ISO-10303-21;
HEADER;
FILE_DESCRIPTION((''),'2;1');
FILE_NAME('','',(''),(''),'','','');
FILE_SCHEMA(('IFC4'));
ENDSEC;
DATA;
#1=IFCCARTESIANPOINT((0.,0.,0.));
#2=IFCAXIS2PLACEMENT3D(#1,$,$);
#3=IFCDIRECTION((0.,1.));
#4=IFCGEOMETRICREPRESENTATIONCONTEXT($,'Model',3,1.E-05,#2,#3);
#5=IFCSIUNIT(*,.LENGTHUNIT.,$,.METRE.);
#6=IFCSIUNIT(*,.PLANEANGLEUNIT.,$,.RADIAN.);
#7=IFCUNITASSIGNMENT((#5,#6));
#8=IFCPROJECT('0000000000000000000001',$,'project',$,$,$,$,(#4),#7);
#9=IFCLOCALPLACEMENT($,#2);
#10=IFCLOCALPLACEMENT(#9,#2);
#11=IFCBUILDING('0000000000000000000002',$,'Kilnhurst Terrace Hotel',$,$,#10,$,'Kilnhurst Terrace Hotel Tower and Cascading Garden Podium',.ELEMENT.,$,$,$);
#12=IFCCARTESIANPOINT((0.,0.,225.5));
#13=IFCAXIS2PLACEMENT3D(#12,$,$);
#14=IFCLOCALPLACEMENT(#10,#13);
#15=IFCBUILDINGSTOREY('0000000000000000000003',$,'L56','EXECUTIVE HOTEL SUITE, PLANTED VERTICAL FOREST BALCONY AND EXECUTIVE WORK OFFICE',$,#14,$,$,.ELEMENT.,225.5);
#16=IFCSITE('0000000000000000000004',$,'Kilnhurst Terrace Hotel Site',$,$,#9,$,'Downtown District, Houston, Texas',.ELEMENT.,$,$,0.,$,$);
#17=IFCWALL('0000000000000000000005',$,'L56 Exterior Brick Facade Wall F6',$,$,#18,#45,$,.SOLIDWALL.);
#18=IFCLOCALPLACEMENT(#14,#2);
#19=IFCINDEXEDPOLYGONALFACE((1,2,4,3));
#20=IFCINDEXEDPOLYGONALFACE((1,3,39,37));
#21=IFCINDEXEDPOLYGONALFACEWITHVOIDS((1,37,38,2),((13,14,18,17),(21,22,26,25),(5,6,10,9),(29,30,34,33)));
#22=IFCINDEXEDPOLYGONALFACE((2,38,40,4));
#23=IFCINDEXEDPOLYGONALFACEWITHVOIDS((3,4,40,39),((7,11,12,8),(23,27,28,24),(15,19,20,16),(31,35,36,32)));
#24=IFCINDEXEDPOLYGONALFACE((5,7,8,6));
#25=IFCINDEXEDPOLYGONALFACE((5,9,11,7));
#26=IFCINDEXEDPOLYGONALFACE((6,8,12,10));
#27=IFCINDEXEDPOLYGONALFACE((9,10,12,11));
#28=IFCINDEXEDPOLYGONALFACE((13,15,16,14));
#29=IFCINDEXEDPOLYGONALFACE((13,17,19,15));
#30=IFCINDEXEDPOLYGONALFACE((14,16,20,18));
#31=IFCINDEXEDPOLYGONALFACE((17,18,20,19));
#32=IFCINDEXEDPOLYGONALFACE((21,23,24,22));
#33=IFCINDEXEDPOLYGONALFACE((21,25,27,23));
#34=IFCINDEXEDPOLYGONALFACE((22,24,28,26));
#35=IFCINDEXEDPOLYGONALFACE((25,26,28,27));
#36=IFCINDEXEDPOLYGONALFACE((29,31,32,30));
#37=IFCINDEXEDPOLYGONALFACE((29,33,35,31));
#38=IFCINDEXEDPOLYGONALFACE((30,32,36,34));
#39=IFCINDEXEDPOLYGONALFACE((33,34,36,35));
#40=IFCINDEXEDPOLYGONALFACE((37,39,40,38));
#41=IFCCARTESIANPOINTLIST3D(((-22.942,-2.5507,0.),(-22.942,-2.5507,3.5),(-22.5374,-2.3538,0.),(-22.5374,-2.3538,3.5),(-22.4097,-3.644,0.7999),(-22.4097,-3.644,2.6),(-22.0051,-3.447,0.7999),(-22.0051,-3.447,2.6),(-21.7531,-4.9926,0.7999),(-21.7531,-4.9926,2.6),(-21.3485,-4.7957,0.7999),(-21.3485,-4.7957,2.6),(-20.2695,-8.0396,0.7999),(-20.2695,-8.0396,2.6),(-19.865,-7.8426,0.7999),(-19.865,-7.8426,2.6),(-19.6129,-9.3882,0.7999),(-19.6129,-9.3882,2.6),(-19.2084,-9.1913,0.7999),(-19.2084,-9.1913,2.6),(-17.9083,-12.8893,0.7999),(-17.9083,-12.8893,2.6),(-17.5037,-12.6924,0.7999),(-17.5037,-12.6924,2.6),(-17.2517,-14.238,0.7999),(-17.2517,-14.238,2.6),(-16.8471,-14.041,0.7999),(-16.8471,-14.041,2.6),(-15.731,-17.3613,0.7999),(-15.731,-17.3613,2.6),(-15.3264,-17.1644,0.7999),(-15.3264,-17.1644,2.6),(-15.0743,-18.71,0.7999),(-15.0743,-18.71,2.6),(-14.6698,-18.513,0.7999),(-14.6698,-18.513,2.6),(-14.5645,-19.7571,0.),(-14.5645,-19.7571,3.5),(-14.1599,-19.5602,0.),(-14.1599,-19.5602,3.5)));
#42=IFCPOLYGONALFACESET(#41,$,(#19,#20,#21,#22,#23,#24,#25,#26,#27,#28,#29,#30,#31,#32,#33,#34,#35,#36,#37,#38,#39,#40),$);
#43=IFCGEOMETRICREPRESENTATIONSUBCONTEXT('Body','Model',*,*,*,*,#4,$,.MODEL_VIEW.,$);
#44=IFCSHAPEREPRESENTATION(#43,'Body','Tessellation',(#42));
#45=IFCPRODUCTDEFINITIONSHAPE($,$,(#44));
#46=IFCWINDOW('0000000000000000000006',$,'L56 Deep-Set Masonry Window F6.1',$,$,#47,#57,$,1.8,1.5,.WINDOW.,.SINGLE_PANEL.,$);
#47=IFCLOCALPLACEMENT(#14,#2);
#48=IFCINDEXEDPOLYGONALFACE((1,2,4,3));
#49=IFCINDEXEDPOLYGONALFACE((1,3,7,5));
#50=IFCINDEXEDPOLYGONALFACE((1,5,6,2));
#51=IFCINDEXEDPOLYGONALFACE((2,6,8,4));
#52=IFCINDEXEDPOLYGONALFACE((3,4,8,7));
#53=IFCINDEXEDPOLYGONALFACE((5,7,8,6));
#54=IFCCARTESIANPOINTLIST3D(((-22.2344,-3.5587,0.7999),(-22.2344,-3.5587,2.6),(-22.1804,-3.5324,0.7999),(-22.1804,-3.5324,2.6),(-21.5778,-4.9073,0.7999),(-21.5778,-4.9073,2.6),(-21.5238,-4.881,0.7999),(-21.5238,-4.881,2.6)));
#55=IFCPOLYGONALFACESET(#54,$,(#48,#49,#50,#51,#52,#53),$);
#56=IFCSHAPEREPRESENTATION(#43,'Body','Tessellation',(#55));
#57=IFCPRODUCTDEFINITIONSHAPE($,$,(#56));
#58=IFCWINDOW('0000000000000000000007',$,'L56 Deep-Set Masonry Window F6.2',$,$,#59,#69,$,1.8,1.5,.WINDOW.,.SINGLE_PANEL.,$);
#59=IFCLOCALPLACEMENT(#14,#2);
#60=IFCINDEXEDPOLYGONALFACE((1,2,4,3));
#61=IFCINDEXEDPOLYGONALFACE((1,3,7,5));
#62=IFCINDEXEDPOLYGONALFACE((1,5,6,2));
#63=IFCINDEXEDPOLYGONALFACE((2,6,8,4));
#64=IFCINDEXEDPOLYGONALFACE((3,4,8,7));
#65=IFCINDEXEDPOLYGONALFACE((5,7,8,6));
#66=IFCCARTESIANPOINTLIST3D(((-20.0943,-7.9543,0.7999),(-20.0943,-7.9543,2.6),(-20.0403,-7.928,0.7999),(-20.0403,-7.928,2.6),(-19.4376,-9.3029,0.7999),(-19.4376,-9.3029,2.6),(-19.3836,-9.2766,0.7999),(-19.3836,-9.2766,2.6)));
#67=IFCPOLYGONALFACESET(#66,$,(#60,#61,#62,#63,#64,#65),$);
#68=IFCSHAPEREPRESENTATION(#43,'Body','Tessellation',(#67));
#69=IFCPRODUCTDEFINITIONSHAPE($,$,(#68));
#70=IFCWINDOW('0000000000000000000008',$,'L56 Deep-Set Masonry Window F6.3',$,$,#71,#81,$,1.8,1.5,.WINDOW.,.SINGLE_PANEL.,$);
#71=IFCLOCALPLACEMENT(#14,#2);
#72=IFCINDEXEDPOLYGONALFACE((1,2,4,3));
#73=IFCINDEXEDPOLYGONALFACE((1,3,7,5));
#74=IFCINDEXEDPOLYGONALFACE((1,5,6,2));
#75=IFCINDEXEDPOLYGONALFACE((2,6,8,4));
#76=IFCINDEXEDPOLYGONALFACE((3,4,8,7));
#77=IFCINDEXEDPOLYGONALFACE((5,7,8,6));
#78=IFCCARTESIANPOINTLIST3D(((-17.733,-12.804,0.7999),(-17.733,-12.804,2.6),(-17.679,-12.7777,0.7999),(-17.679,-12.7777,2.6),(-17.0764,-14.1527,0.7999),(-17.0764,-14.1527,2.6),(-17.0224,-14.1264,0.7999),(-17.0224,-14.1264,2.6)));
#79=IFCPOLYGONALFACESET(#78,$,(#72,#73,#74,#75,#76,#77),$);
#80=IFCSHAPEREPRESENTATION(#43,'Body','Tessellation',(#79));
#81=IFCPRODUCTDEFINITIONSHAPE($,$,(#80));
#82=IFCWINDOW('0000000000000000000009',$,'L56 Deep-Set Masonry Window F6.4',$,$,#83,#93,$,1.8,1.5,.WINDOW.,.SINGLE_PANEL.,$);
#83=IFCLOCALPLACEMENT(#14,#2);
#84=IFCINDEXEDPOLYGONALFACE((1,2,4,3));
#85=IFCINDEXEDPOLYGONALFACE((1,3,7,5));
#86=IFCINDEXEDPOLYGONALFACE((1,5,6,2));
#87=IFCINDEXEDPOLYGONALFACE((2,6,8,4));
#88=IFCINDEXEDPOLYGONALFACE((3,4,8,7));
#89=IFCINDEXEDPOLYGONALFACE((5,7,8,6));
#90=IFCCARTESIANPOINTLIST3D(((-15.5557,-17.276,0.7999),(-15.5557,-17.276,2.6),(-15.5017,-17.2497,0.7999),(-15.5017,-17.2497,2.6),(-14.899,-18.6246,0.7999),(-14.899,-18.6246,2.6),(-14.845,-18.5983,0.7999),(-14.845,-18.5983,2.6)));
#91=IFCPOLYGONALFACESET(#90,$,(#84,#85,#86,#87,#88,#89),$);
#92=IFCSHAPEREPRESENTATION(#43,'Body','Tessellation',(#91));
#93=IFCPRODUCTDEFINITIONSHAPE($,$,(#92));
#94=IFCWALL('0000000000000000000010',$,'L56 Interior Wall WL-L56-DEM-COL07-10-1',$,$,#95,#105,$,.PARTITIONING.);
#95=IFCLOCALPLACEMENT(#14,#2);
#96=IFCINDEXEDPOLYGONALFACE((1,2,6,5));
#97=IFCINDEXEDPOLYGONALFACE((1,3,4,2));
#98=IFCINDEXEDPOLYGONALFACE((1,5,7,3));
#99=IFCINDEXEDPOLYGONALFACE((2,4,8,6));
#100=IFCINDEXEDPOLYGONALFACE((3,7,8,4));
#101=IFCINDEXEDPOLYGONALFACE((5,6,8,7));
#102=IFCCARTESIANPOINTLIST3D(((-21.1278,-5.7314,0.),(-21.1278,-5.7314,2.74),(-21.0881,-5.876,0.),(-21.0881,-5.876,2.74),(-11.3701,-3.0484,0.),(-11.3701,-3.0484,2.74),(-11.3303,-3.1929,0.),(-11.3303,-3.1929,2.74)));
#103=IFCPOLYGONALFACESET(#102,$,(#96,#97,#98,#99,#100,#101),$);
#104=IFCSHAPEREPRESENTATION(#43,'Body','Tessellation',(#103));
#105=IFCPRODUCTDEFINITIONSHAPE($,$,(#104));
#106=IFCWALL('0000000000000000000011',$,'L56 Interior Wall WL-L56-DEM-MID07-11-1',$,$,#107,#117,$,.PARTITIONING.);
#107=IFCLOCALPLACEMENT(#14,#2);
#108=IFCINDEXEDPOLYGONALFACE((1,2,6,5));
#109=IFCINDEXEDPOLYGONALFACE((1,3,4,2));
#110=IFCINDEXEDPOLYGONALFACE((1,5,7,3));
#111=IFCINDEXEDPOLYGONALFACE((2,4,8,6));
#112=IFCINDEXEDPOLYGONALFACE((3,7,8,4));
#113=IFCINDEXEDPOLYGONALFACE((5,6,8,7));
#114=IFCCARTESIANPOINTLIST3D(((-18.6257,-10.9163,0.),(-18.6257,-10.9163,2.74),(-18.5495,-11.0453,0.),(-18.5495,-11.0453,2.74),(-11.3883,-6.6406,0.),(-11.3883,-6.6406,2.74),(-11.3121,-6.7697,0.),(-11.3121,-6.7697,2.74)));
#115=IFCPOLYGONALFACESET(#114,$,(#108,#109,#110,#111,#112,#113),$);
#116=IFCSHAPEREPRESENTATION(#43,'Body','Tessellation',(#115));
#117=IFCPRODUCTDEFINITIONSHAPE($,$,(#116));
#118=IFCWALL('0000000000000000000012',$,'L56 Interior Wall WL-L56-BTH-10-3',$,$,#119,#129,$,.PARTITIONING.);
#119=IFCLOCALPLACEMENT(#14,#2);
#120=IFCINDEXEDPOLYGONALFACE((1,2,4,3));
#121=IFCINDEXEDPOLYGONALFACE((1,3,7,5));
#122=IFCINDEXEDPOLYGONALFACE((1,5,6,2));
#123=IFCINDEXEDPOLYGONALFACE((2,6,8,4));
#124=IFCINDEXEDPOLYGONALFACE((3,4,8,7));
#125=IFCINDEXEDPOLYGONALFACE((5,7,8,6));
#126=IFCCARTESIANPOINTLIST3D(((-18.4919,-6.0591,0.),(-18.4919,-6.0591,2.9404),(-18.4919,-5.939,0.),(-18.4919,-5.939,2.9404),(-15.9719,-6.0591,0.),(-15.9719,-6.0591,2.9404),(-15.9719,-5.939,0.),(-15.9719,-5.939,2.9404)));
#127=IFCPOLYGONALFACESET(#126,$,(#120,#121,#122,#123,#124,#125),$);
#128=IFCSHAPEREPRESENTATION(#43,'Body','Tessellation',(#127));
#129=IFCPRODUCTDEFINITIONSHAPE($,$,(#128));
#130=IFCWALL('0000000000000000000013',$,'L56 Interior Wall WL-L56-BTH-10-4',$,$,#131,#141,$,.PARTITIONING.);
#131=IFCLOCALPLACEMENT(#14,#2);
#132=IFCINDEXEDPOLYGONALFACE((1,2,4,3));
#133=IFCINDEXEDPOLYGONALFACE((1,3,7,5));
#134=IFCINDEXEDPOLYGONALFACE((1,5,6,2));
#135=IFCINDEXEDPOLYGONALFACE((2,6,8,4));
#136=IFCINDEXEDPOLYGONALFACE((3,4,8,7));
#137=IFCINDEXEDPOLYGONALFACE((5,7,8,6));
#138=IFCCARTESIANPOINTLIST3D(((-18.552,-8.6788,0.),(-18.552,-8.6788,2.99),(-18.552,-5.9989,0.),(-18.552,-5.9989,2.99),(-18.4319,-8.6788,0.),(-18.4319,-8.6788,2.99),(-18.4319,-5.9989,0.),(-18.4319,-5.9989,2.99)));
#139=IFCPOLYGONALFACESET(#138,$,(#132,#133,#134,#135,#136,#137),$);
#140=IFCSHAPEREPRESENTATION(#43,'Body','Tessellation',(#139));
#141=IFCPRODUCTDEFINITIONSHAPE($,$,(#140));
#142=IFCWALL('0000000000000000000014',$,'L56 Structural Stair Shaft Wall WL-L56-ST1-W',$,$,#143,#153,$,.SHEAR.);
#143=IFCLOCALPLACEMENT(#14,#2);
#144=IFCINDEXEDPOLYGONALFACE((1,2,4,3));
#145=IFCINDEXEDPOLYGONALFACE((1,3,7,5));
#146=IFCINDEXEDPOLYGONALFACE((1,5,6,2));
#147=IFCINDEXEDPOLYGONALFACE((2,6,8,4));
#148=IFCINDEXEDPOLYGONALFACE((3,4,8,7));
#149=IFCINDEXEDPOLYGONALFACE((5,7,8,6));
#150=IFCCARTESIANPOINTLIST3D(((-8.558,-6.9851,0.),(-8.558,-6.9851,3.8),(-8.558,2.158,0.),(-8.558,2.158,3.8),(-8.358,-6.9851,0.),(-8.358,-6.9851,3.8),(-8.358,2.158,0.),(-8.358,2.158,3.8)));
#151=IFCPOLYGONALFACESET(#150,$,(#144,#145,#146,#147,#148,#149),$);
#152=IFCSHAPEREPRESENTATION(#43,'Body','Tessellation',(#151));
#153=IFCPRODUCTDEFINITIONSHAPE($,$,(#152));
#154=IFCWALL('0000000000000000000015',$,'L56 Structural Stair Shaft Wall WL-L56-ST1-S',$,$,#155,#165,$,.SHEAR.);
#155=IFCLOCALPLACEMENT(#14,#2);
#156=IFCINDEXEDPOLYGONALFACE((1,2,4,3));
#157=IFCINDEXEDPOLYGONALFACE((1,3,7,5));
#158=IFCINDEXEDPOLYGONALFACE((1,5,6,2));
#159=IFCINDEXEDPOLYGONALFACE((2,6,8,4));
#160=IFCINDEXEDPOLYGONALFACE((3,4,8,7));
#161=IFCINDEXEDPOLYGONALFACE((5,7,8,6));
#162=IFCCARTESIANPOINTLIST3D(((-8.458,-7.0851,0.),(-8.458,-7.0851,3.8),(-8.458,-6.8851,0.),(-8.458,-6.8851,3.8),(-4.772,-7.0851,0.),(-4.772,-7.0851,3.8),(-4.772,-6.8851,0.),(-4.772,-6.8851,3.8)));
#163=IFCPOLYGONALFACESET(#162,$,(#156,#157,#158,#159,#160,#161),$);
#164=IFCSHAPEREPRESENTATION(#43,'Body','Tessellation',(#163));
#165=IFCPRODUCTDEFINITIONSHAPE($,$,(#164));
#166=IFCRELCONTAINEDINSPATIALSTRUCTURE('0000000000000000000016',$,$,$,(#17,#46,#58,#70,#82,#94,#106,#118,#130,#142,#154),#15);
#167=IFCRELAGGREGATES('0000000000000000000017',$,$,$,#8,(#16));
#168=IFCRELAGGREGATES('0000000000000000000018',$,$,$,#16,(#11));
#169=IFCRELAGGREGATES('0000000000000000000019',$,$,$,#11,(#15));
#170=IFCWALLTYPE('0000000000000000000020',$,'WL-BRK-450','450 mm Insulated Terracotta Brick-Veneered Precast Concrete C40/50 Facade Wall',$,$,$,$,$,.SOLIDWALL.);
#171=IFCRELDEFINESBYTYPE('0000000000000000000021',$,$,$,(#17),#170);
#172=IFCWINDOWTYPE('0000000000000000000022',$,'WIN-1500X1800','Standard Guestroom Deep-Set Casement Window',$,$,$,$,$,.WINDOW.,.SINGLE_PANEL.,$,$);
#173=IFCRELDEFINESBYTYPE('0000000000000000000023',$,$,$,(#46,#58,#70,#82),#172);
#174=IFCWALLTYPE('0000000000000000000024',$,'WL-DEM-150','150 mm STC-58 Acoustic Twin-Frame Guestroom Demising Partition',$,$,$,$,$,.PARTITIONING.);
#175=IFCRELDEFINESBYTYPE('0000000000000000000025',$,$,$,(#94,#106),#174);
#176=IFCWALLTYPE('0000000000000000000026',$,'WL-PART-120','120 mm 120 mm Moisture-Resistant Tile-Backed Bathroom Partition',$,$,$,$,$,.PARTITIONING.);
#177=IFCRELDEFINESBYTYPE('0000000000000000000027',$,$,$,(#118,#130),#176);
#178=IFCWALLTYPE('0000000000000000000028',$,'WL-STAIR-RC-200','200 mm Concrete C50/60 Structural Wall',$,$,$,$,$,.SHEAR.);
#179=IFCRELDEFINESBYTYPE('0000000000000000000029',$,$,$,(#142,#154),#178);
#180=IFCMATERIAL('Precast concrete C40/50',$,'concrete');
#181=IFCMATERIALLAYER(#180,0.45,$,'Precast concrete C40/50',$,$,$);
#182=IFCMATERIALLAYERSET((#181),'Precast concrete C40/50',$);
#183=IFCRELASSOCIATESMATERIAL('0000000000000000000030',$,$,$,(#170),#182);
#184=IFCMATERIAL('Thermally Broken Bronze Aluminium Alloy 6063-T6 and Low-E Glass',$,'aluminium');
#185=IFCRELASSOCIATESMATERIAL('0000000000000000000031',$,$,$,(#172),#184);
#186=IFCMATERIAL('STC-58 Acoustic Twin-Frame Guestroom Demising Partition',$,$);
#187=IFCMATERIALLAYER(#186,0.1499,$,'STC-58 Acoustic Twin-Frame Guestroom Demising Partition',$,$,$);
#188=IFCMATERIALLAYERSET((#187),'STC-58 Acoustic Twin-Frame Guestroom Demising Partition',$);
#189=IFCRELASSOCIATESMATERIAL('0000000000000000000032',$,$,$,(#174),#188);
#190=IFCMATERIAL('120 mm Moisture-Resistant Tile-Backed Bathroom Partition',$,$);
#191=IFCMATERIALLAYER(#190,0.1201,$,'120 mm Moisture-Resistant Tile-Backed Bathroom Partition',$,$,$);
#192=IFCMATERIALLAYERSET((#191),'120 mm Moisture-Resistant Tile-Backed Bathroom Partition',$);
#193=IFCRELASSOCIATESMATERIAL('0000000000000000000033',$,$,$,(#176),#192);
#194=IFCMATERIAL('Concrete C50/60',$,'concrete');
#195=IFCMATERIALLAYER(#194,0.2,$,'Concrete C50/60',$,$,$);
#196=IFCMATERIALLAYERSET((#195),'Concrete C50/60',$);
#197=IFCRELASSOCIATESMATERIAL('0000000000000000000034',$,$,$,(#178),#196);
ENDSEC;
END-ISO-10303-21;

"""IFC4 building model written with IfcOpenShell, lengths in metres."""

from ifc_helpers import new_model, si_unit, direction, frame, frame_2d, origin, place, context, subcontext, project, spatial, rectangle, extrude, material, layer, layer_set, type_object, element, fill, save


model = new_model("IFC4")

# Units and contexts
model_context = context("Model", 3, precision=1e-05, world=origin(), true_north=direction((0.0, 1.0)))
body_context = subcontext(model_context, "Body", "Model", "MODEL_VIEW")
ifc_project = project(units=[si_unit("LENGTHUNIT", "METRE"), si_unit("PLANEANGLEUNIT", "RADIAN")], contexts=[model_context])

# Site, building, storey
site_placement = place(None, origin())
site = spatial("IfcSite", under=ifc_project, at=site_placement, Name="Kilnhurst Terrace Hotel Site", LongName="Downtown District, Houston, Texas", CompositionType="ELEMENT", RefElevation=0.0)
building_placement = place(site_placement, origin())
building = spatial("IfcBuilding", under=site, at=building_placement, Name="Kilnhurst Terrace Hotel", LongName="Kilnhurst Terrace Hotel Tower and Cascading Garden Podium", CompositionType="ELEMENT")
storey_placement = place(building_placement, frame((0.0, 0.0, 225.5)))
storey = spatial("IfcBuildingStorey", under=building, at=storey_placement, Name="L56", Description="EXECUTIVE HOTEL SUITE, PLANTED VERTICAL FOREST BALCONY AND EXECUTIVE WORK OFFICE", CompositionType="ELEMENT", Elevation=225.5)

# Shared definitions
ifc_material_1 = material(Name="Concrete C50/60", Category="concrete")

# Shared definitions
ifc_material_2 = material(Name="Precast concrete C40/50", Category="concrete")
ifc_layer_1 = layer(ifc_material_2, 0.45, Name="Precast concrete C40/50")
ifc_layer_set_1 = layer_set([ifc_layer_1], Name="Precast concrete C40/50")
wall_type_1 = type_object("IfcWallType", Name="WL-BRK-450", Description="450 mm Insulated Terracotta Brick-Veneered Precast Concrete C40/50 Facade Wall", PredefinedType="SOLIDWALL", material=ifc_layer_set_1)

# Wall, openings, windows
wall_1_placement = place(storey_placement, frame((-22.7397, -2.4521, 0.0), z_axis=(0.0, 0.0, 1.0), x_axis=(0.437753, -0.899095, 0.0)))
wall_1 = element("IfcWall", 1, at=wall_1_placement, inside=storey, type_object=wall_type_1, Name="L56 Exterior Brick Facade Wall F6", PredefinedType="SOLIDWALL", context=body_context, shape_type="SweptSolid", body=[
    extrude(rectangle(XDim=19.1375, YDim=0.45, at=frame_2d((9.5688, 0.0))), origin(), (0.0, 0.0, 1.0), 3.5),
])
opening_1_placement = place(wall_1_placement, frame((1.2161, 0.0, 0.8)))
opening_1 = element("IfcOpeningElement", 2, at=opening_1_placement, cuts=wall_1, PredefinedType="OPENING", context=body_context, shape_type="SweptSolid", body=[
    extrude(rectangle(XDim=1.5, YDim=1.8, at=frame_2d((0.75, 0.8999))), frame((0.0, 0.2349, 0.0), z_axis=(0.0, -1.0, 0.0), x_axis=(1.0, 0.0, 0.0)), (0.0, 0.0, 1.0), 0.47),
])
opening_2_placement = place(wall_1_placement, frame((6.105, 0.0, 0.8)))
opening_2 = element("IfcOpeningElement", 3, at=opening_2_placement, cuts=wall_1, PredefinedType="OPENING", context=body_context, shape_type="SweptSolid", body=[
    extrude(rectangle(XDim=1.5, YDim=1.8, at=frame_2d((0.75, 0.8999))), frame((0.0, 0.2349, 0.0), z_axis=(0.0, -1.0, 0.0), x_axis=(1.0, 0.0, 0.0)), (0.0, 0.0, 1.0), 0.47),
])
opening_3_placement = place(wall_1_placement, frame((11.499, 0.0, 0.8)))
opening_3 = element("IfcOpeningElement", 4, at=opening_3_placement, cuts=wall_1, PredefinedType="OPENING", context=body_context, shape_type="SweptSolid", body=[
    extrude(rectangle(XDim=1.5, YDim=1.8, at=frame_2d((0.75, 0.8999))), frame((0.0, 0.2349, 0.0), z_axis=(0.0, -1.0, 0.0), x_axis=(1.0, 0.0, 0.0)), (0.0, 0.0, 1.0), 0.47),
])
opening_4_placement = place(wall_1_placement, frame((16.4729, 0.0, 0.8)))
opening_4 = element("IfcOpeningElement", 5, at=opening_4_placement, cuts=wall_1, PredefinedType="OPENING", context=body_context, shape_type="SweptSolid", body=[
    extrude(rectangle(XDim=1.5, YDim=1.8, at=frame_2d((0.75, 0.8999))), frame((0.0, 0.2349, 0.0), z_axis=(0.0, -1.0, 0.0), x_axis=(1.0, 0.0, 0.0)), (0.0, 0.0, 1.0), 0.47),
])
ifc_material_3 = material(Name="Thermally Broken Bronze Aluminium Alloy 6063-T6 and Low-E Glass", Category="aluminium")
window_type = type_object("IfcWindowType", Name="WIN-1500X1800", Description="Standard Guestroom Deep-Set Casement Window", PartitioningType="SINGLE_PANEL", PredefinedType="WINDOW", material=ifc_material_3)
window_1_placement = place(opening_1_placement, origin())
window_1 = element("IfcWindow", 6, at=window_1_placement, inside=storey, type_object=window_type, Name="L56 Deep-Set Masonry Window F6.1", OverallHeight=1.8, OverallWidth=1.5, PartitioningType="SINGLE_PANEL", PredefinedType="WINDOW", context=body_context, shape_type="SweptSolid", body=[
    extrude(rectangle(XDim=1.5, YDim=1.8, at=frame_2d((0.75, 0.8999))), frame((0.0, 0.03, 0.0), z_axis=(0.0, -1.0, 0.0), x_axis=(1.0, 0.0, 0.0)), (0.0, 0.0, 1.0), 0.0601),
])
fill(opening_1, window_1)
window_2_placement = place(opening_2_placement, origin())
window_2 = element("IfcWindow", 7, at=window_2_placement, inside=storey, type_object=window_type, Name="L56 Deep-Set Masonry Window F6.2", OverallHeight=1.8, OverallWidth=1.5, PartitioningType="SINGLE_PANEL", PredefinedType="WINDOW", context=body_context, shape_type="SweptSolid", body=[
    extrude(rectangle(XDim=1.5, YDim=1.8, at=frame_2d((0.75, 0.8999))), frame((0.0, 0.03, 0.0), z_axis=(0.0, -1.0, 0.0), x_axis=(1.0, 0.0, 0.0)), (0.0, 0.0, 1.0), 0.0601),
])
fill(opening_2, window_2)
window_3_placement = place(opening_3_placement, origin())
window_3 = element("IfcWindow", 8, at=window_3_placement, inside=storey, type_object=window_type, Name="L56 Deep-Set Masonry Window F6.3", OverallHeight=1.8, OverallWidth=1.5, PartitioningType="SINGLE_PANEL", PredefinedType="WINDOW", context=body_context, shape_type="SweptSolid", body=[
    extrude(rectangle(XDim=1.5, YDim=1.8, at=frame_2d((0.75, 0.8999))), frame((0.0, 0.03, 0.0), z_axis=(0.0, -1.0, 0.0), x_axis=(1.0, 0.0, 0.0)), (0.0, 0.0, 1.0), 0.0601),
])
fill(opening_3, window_3)
window_4_placement = place(opening_4_placement, origin())
window_4 = element("IfcWindow", 9, at=window_4_placement, inside=storey, type_object=window_type, Name="L56 Deep-Set Masonry Window F6.4", OverallHeight=1.8, OverallWidth=1.5, PartitioningType="SINGLE_PANEL", PredefinedType="WINDOW", context=body_context, shape_type="SweptSolid", body=[
    extrude(rectangle(XDim=1.5, YDim=1.8, at=frame_2d((0.75, 0.8999))), frame((0.0, 0.03, 0.0), z_axis=(0.0, -1.0, 0.0), x_axis=(1.0, 0.0, 0.0)), (0.0, 0.0, 1.0), 0.0601),
])
fill(opening_4, window_4)

# Walls
ifc_material_4 = material(Name="STC-58 Acoustic Twin-Frame Guestroom Demising Partition")
ifc_layer_2 = layer(ifc_material_4, 0.1499, Name="STC-58 Acoustic Twin-Frame Guestroom Demising Partition")
ifc_layer_set_2 = layer_set([ifc_layer_2], Name="STC-58 Acoustic Twin-Frame Guestroom Demising Partition")
wall_type_2 = type_object("IfcWallType", Name="WL-DEM-150", Description="150 mm STC-58 Acoustic Twin-Frame Guestroom Demising Partition", PredefinedType="PARTITIONING", material=ifc_layer_set_2)
wall_2_placement = place(storey_placement, frame((-11.3501, -3.1206, 0.0), z_axis=(0.0, 0.0, 1.0), x_axis=(-0.964213, -0.26513, 0.0)))
element("IfcWall", 10, at=wall_2_placement, inside=storey, type_object=wall_type_2, Name="L56 Interior Wall WL-L56-DEM-COL07-10-1", PredefinedType="PARTITIONING", context=body_context, shape_type="SweptSolid", body=[
    extrude(rectangle(XDim=10.1199, YDim=0.1499, at=frame_2d((5.0601, 0.0))), origin(), (0.0, 0.0, 1.0), 2.74),
])
wall_3_placement = place(storey_placement, frame((-11.3501, -6.7051, 0.0), z_axis=(0.0, 0.0, 1.0), x_axis=(-0.860976, -0.508645, 0.0)))
element("IfcWall", 11, at=wall_3_placement, inside=storey, type_object=wall_type_2, Name="L56 Interior Wall WL-L56-DEM-MID07-11-1", PredefinedType="PARTITIONING", context=body_context, shape_type="SweptSolid", body=[
    extrude(rectangle(XDim=8.406, YDim=0.1499, at=frame_2d((4.2031, 0.0))), origin(), (0.0, 0.0, 1.0), 2.74),
])
ifc_material_5 = material(Name="120 mm Moisture-Resistant Tile-Backed Bathroom Partition")
ifc_layer_3 = layer(ifc_material_5, 0.1201, Name="120 mm Moisture-Resistant Tile-Backed Bathroom Partition")
ifc_layer_set_3 = layer_set([ifc_layer_3], Name="120 mm Moisture-Resistant Tile-Backed Bathroom Partition")
wall_type_3 = type_object("IfcWallType", Name="WL-PART-120", Description="120 mm 120 mm Moisture-Resistant Tile-Backed Bathroom Partition", PredefinedType="PARTITIONING", material=ifc_layer_set_3)
wall_4_placement = place(storey_placement, frame((-15.9719, -5.999, 0.0), z_axis=(0.0, 0.0, 1.0), x_axis=(-1.0, 0.0, 0.0)))
element("IfcWall", 12, at=wall_4_placement, inside=storey, type_object=wall_type_3, Name="L56 Interior Wall WL-L56-BTH-10-3", PredefinedType="PARTITIONING", context=body_context, shape_type="SweptSolid", body=[
    extrude(rectangle(XDim=2.52, YDim=0.1201, at=frame_2d((1.26, 0.0))), origin(), (0.0, 0.0, 1.0), 2.9404),
])
wall_5_placement = place(storey_placement, frame((-18.4919, -5.999, 0.0), z_axis=(0.0, 0.0, 1.0), x_axis=(0.0, -1.0, 0.0)))
element("IfcWall", 13, at=wall_5_placement, inside=storey, type_object=wall_type_3, Name="L56 Interior Wall WL-L56-BTH-10-4", PredefinedType="PARTITIONING", context=body_context, shape_type="SweptSolid", body=[
    extrude(rectangle(XDim=2.6799, YDim=0.1201, at=frame_2d((1.3398, 0.0))), origin(), (0.0, 0.0, 1.0), 2.99),
])
ifc_layer_4 = layer(ifc_material_1, 0.2, Name="Concrete C50/60")
ifc_layer_set_4 = layer_set([ifc_layer_4], Name="Concrete C50/60")
wall_type_4 = type_object("IfcWallType", Name="WL-STAIR-RC-200", Description="200 mm Concrete C50/60 Structural Wall", PredefinedType="SHEAR", material=ifc_layer_set_4)
wall_6_placement = place(storey_placement, frame((-8.458, -6.9851, 0.0), z_axis=(0.0, 0.0, 1.0), x_axis=(0.0, 1.0, 0.0)))
element("IfcWall", 14, at=wall_6_placement, inside=storey, type_object=wall_type_4, Name="L56 Structural Stair Shaft Wall WL-L56-ST1-W", PredefinedType="SHEAR", context=body_context, shape_type="SweptSolid", body=[
    extrude(rectangle(XDim=9.1431, YDim=0.2, at=frame_2d((4.5715, 0.0))), origin(), (0.0, 0.0, 1.0), 3.8),
])
wall_7_placement = place(storey_placement, frame((-8.458, -6.9851, 0.0), z_axis=(0.0, 0.0, 1.0), x_axis=(1.0, 0.0, 0.0)))
element("IfcWall", 15, at=wall_7_placement, inside=storey, type_object=wall_type_4, Name="L56 Structural Stair Shaft Wall WL-L56-ST1-S", PredefinedType="SHEAR", context=body_context, shape_type="SweptSolid", body=[
    extrude(rectangle(XDim=3.686, YDim=0.2, at=frame_2d((1.843, 0.0))), origin(), (0.0, 0.0, 1.0), 3.8),
])

save(model, "model.ifc")
